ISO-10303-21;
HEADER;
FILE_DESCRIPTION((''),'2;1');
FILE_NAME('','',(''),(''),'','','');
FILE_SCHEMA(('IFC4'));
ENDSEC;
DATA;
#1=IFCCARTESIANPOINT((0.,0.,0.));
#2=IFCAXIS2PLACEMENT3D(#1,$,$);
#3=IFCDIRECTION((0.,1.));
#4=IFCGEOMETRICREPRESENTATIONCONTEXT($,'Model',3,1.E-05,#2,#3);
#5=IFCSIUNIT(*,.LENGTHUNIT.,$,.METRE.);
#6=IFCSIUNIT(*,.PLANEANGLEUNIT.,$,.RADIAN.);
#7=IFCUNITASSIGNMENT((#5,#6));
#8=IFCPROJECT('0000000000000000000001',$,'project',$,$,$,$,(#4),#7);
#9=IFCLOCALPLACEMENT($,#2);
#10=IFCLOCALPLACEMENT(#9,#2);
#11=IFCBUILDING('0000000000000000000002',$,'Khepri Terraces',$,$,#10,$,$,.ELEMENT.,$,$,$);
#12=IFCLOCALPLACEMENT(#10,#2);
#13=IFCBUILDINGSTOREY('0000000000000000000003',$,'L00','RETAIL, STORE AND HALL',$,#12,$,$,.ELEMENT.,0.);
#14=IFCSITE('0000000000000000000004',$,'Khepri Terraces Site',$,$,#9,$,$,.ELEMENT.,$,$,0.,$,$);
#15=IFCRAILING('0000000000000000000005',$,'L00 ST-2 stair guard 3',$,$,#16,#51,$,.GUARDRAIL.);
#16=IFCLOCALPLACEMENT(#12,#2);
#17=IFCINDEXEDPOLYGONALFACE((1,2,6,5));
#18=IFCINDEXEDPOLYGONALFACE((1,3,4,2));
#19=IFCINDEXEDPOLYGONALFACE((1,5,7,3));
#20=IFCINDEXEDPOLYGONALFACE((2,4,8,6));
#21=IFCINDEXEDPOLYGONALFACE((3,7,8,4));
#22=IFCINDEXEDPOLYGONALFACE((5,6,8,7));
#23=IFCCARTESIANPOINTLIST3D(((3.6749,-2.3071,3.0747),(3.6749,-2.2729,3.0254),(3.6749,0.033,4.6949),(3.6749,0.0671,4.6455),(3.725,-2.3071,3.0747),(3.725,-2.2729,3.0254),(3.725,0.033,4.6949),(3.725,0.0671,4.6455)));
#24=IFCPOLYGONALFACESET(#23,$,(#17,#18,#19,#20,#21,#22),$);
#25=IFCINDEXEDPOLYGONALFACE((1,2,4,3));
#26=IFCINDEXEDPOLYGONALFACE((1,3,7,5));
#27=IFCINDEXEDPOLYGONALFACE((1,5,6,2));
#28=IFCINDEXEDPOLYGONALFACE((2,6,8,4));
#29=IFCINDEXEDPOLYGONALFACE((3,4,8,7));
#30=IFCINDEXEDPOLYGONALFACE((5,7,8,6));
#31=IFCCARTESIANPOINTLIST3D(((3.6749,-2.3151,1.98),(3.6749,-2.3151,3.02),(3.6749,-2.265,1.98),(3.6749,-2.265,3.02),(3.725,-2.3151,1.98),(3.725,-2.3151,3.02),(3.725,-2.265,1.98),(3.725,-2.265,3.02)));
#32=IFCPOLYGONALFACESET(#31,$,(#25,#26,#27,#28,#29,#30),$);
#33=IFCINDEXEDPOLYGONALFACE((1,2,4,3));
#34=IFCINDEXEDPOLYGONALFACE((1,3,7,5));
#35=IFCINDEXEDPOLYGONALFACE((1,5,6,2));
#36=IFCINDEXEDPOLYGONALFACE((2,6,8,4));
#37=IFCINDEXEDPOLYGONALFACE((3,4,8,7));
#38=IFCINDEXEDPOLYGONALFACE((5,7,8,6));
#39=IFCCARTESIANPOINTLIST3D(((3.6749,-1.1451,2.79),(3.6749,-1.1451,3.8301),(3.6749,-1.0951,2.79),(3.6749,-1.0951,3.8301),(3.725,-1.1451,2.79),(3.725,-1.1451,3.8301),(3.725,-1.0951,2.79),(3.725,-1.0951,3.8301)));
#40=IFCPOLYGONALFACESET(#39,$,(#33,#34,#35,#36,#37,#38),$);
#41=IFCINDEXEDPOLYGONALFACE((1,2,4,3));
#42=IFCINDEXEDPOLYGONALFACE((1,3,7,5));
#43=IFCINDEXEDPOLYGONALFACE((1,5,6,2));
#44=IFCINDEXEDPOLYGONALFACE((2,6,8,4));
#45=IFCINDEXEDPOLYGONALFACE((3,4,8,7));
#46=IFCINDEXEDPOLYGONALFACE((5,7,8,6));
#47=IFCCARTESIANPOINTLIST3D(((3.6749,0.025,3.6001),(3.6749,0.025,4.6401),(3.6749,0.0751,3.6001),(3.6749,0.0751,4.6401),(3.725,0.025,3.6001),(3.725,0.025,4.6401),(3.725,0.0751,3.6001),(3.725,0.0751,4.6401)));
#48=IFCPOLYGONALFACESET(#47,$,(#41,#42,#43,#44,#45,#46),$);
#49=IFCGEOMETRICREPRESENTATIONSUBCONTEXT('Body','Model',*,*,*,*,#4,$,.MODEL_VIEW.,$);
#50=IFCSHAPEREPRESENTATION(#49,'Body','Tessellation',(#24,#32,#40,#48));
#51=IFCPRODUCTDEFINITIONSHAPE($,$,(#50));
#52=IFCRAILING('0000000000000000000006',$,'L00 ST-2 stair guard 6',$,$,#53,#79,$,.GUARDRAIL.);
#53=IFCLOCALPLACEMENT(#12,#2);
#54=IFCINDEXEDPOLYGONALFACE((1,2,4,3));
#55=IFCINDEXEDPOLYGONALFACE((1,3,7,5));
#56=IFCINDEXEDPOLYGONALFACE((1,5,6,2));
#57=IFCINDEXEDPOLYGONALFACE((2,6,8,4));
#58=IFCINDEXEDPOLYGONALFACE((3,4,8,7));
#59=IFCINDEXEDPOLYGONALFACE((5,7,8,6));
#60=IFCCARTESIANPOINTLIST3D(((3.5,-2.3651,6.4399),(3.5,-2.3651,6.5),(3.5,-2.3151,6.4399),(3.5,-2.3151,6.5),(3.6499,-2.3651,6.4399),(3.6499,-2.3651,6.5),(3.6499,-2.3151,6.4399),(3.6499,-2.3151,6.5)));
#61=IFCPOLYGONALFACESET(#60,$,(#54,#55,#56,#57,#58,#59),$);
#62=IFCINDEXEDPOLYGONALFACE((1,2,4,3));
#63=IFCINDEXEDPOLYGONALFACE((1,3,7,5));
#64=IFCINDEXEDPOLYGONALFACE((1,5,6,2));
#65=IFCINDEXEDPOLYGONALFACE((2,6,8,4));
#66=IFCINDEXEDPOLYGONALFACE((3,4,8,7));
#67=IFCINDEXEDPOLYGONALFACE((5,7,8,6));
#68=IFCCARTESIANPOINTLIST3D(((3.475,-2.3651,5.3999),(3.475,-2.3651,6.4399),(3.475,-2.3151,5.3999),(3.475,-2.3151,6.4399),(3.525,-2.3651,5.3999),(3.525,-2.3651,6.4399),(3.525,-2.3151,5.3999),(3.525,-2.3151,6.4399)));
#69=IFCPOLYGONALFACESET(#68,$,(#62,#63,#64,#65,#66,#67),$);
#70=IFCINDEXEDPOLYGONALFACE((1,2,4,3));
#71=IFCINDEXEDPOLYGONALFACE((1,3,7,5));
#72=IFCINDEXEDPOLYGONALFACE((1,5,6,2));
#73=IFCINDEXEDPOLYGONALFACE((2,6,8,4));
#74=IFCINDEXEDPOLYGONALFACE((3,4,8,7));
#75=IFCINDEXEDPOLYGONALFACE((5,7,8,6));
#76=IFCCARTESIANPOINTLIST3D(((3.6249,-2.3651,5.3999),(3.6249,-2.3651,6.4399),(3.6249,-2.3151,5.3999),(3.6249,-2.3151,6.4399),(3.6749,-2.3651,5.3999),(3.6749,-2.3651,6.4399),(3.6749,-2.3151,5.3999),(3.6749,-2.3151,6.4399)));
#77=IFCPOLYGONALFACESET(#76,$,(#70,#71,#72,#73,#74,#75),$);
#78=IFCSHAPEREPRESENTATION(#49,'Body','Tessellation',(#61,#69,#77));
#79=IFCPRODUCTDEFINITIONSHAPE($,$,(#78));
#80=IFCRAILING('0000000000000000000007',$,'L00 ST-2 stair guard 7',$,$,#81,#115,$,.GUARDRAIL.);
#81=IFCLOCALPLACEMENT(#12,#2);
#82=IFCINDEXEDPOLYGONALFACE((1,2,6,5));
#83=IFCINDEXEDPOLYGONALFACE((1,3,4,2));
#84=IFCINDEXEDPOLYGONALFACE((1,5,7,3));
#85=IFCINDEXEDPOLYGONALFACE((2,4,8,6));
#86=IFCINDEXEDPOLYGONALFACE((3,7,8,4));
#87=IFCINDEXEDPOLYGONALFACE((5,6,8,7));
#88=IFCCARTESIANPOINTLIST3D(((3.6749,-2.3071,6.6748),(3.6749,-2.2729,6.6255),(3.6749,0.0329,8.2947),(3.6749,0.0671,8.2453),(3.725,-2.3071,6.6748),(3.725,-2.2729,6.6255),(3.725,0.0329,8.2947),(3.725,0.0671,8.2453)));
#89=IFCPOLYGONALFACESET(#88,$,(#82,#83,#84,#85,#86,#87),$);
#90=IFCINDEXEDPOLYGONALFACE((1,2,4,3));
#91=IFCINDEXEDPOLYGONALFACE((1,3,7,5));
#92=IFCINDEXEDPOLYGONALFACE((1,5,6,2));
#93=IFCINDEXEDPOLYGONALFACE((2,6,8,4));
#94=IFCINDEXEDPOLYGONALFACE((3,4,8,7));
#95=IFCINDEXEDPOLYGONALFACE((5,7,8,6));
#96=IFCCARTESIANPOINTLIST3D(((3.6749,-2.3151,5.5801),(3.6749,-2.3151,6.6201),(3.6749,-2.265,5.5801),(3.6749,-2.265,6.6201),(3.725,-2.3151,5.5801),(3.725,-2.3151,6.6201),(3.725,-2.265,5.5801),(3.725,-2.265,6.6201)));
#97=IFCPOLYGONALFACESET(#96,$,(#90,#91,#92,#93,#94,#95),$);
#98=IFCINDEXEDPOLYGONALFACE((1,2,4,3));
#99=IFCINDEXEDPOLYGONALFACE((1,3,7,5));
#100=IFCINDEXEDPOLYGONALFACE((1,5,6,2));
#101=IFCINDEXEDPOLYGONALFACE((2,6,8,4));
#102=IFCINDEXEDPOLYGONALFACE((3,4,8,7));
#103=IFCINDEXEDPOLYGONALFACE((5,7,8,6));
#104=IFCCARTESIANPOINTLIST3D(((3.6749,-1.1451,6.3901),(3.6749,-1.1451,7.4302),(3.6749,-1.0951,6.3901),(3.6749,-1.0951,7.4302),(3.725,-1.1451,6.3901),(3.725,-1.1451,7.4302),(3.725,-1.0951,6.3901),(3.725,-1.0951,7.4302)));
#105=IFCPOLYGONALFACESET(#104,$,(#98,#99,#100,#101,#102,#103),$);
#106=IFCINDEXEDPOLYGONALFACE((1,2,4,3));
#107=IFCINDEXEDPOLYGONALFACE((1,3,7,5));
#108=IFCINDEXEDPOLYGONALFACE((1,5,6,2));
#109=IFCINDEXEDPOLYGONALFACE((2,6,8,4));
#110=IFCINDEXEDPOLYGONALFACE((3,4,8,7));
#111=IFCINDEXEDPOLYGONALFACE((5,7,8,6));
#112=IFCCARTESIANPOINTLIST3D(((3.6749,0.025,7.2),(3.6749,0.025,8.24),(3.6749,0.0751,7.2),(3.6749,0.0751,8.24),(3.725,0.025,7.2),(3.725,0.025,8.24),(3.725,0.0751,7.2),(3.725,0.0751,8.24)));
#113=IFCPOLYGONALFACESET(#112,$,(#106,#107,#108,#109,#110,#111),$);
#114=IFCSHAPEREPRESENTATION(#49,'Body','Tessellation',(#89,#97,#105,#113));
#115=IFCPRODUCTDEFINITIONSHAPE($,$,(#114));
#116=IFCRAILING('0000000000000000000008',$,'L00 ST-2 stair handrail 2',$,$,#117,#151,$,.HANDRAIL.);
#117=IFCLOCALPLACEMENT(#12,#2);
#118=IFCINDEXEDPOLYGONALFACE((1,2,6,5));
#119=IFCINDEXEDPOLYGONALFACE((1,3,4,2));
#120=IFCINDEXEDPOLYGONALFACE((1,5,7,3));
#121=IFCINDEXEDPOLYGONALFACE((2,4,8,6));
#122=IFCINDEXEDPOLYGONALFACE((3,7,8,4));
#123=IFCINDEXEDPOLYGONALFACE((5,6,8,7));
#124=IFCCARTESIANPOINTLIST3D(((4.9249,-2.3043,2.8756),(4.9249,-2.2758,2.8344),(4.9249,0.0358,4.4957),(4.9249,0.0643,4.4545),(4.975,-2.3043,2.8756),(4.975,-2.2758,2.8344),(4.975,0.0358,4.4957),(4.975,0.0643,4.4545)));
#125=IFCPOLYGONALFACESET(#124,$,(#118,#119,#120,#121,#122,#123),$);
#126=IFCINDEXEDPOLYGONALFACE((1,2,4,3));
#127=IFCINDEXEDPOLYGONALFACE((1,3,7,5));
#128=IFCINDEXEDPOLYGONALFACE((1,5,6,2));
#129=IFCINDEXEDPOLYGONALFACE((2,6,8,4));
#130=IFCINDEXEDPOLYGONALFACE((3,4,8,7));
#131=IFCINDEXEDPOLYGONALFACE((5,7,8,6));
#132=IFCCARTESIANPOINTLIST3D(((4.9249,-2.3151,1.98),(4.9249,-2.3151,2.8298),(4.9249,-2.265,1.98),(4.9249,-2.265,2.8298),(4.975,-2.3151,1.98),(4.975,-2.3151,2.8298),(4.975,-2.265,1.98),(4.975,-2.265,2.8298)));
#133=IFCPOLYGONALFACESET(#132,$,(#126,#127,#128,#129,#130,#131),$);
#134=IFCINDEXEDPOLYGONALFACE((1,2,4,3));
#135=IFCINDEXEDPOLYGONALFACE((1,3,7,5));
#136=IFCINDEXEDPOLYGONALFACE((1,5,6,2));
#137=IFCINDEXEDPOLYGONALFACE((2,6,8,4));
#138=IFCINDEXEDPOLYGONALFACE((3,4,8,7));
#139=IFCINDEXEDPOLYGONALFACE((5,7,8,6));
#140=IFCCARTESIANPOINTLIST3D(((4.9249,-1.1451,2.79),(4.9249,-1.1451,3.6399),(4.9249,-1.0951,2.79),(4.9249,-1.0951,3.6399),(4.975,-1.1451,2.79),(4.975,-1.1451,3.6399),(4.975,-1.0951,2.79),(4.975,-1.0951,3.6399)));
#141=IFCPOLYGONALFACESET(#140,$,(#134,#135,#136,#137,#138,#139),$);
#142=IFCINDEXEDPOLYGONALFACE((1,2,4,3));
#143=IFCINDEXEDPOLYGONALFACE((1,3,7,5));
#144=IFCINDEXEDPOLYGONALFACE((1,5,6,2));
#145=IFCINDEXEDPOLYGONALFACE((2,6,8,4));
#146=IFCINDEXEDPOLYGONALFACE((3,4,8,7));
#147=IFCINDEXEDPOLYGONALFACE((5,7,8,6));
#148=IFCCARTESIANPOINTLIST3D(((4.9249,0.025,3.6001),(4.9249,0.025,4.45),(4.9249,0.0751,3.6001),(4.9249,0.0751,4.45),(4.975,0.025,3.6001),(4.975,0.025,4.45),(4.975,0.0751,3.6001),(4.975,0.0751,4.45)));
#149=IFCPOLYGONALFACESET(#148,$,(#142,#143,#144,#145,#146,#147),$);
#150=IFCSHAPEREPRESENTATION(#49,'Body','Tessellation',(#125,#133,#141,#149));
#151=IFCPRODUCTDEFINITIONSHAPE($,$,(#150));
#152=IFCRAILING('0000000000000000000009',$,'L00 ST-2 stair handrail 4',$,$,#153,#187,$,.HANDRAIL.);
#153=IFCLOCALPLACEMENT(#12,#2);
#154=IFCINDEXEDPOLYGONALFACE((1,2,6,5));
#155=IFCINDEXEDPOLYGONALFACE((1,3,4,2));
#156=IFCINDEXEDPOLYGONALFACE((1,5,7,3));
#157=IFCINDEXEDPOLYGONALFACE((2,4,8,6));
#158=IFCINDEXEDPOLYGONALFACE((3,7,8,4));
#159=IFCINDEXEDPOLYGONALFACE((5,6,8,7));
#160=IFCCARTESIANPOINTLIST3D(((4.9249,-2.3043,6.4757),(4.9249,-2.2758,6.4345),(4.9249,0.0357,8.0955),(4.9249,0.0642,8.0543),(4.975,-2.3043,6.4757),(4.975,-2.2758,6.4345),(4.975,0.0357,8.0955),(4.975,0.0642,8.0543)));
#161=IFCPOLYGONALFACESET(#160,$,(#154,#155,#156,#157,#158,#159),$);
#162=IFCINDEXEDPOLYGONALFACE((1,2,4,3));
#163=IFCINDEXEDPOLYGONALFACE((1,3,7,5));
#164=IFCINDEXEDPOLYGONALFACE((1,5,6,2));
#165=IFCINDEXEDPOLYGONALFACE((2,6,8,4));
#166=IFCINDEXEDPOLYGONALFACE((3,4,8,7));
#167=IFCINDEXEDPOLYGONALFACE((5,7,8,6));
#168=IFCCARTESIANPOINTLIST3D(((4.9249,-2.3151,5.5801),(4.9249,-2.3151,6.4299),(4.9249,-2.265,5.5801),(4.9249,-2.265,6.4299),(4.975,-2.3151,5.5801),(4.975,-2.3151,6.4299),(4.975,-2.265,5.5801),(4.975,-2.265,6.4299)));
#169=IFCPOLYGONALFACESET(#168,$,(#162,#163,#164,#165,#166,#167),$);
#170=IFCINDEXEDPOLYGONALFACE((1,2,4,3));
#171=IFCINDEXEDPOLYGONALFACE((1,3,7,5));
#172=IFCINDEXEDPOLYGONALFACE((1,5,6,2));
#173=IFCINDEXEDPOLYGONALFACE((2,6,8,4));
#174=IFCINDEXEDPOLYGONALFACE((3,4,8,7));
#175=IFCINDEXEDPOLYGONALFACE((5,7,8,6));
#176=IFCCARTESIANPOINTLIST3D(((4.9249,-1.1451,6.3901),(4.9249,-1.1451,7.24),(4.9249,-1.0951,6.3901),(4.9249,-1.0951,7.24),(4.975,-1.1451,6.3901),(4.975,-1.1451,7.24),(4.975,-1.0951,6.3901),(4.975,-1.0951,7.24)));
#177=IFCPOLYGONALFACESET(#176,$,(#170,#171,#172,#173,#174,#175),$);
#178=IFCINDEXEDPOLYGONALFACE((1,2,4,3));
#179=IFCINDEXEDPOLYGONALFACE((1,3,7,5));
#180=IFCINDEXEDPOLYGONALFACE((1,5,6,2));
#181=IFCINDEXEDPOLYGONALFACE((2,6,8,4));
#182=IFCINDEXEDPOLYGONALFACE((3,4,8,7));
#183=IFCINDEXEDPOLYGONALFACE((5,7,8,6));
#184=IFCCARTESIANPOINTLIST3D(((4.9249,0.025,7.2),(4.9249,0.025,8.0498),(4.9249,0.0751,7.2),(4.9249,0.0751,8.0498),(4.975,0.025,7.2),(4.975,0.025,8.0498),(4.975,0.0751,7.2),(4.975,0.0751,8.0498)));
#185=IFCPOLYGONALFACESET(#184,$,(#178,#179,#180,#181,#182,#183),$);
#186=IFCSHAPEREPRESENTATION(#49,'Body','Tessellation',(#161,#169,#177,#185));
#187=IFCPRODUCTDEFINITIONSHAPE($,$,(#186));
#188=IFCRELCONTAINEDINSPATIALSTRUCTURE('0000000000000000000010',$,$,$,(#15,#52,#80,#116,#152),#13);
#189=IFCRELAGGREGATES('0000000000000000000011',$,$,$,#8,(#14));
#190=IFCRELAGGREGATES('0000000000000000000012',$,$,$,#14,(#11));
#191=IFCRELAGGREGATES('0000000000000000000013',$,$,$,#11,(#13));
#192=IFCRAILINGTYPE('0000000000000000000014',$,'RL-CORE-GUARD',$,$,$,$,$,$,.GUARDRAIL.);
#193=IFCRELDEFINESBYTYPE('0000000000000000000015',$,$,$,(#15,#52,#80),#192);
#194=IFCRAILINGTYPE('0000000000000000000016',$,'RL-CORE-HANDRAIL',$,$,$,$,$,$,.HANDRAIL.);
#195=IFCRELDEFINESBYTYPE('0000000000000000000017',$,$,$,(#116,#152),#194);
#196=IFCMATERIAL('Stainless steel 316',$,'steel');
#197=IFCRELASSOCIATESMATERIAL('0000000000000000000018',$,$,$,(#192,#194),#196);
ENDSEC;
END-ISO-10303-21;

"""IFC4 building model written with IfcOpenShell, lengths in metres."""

from ifc_helpers import new_model, si_unit, direction, frame, origin, origin_2d, place, context, subcontext, project, spatial, rectangle, extrude, material, type_object, element, save


model = new_model("IFC4")

# Units and contexts
model_context = context("Model", 3, precision=1e-05, world=origin(), true_north=direction((0.0, 1.0)))
body_context = subcontext(model_context, "Body", "Model", "MODEL_VIEW")
ifc_project = project(units=[si_unit("LENGTHUNIT", "METRE"), si_unit("PLANEANGLEUNIT", "RADIAN")], contexts=[model_context])

# Site, building, storey
site_placement = place(None, origin())
site = spatial("IfcSite", under=ifc_project, at=site_placement, Name="Khepri Terraces Site", CompositionType="ELEMENT", RefElevation=0.0)
building_placement = place(site_placement, origin())
building = spatial("IfcBuilding", under=site, at=building_placement, Name="Khepri Terraces", CompositionType="ELEMENT")
storey_placement = place(building_placement, origin())
storey = spatial("IfcBuildingStorey", under=building, at=storey_placement, Name="L00", Description="RETAIL, STORE AND HALL", CompositionType="ELEMENT", Elevation=0.0)

# Railings
ifc_material_1 = material(Name="Stainless steel 316", Category="steel")
railing_type_1 = type_object("IfcRailingType", Name="RL-CORE-GUARD", PredefinedType="GUARDRAIL", material=ifc_material_1)
railing_1_placement = place(storey_placement, frame((3.7, -2.29, 1.98)))
element("IfcRailing", 1, at=railing_1_placement, inside=storey, type_object=railing_type_1, Name="L00 ST-2 stair guard 3", PredefinedType="GUARDRAIL", context=body_context, shape_type="SweptSolid", body=[
    extrude(rectangle(XDim=0.05, YDim=0.0601, at=origin_2d()), frame((0.0, 0.0, 1.0701), z_axis=(0.0, 0.822183, 0.569223), x_axis=(-1.0, 0.0, 0.0)), (0.0, 0.0, 1.0), 2.8462),
    extrude(rectangle(XDim=0.05, YDim=0.05, at=origin_2d()), origin(), (0.0, 0.0, 1.0), 1.04),
    extrude(rectangle(XDim=0.05, YDim=0.05, at=origin_2d()), frame((0.0, 1.1699, 0.8101)), (0.0, 0.0, 1.0), 1.04),
    extrude(rectangle(XDim=0.05, YDim=0.05, at=origin_2d()), frame((0.0, 2.3401, 1.6201)), (0.0, 0.0, 1.0), 1.04),
])
railing_2_placement = place(storey_placement, frame((3.5, -2.3401, 5.3999)))
element("IfcRailing", 2, at=railing_2_placement, inside=storey, type_object=railing_type_1, Name="L00 ST-2 stair guard 6", PredefinedType="GUARDRAIL", context=body_context, shape_type="SweptSolid", body=[
    extrude(rectangle(XDim=0.05, YDim=0.0601, at=origin_2d()), frame((0.0, 0.0, 1.0701), z_axis=(1.0, 0.0, 0.0), x_axis=(0.0, 1.0, 0.0)), (0.0, 0.0, 1.0), 0.1499),
    extrude(rectangle(XDim=0.05, YDim=0.05, at=origin_2d()), origin(), (0.0, 0.0, 1.0), 1.04),
    extrude(rectangle(XDim=0.05, YDim=0.05, at=origin_2d()), frame((0.1499, 0.0, 0.0)), (0.0, 0.0, 1.0), 1.04),
])
railing_3_placement = place(storey_placement, frame((3.7, -2.29, 5.5801)))
element("IfcRailing", 3, at=railing_3_placement, inside=storey, type_object=railing_type_1, Name="L00 ST-2 stair guard 7", PredefinedType="GUARDRAIL", context=body_context, shape_type="SweptSolid", body=[
    extrude(rectangle(XDim=0.05, YDim=0.0601, at=origin_2d()), frame((0.0, 0.0, 1.0701), z_axis=(0.0, 0.822223, 0.569165), x_axis=(-1.0, 0.0, 0.0)), (0.0, 0.0, 1.0), 2.8459),
    extrude(rectangle(XDim=0.05, YDim=0.05, at=origin_2d()), origin(), (0.0, 0.0, 1.0), 1.04),
    extrude(rectangle(XDim=0.05, YDim=0.05, at=origin_2d()), frame((0.0, 1.1699, 0.8101)), (0.0, 0.0, 1.0), 1.04),
    extrude(rectangle(XDim=0.05, YDim=0.05, at=origin_2d()), frame((0.0, 2.3401, 1.6199)), (0.0, 0.0, 1.0), 1.04),
])
railing_type_2 = type_object("IfcRailingType", Name="RL-CORE-HANDRAIL", PredefinedType="HANDRAIL", material=ifc_material_1)
railing_4_placement = place(storey_placement, frame((4.95, -2.29, 1.98)))
element("IfcRailing", 4, at=railing_4_placement, inside=storey, type_object=railing_type_2, Name="L00 ST-2 stair handrail 2", PredefinedType="HANDRAIL", context=body_context, shape_type="SweptSolid", body=[
    extrude(rectangle(XDim=0.05, YDim=0.05, at=origin_2d()), frame((0.0, 0.0, 0.875), z_axis=(0.0, 0.822183, 0.569223), x_axis=(-1.0, 0.0, 0.0)), (0.0, 0.0, 1.0), 2.8462),
    extrude(rectangle(XDim=0.05, YDim=0.05, at=origin_2d()), origin(), (0.0, 0.0, 1.0), 0.8499),
    extrude(rectangle(XDim=0.05, YDim=0.05, at=origin_2d()), frame((0.0, 1.1699, 0.8101)), (0.0, 0.0, 1.0), 0.8499),
    extrude(rectangle(XDim=0.05, YDim=0.05, at=origin_2d()), frame((0.0, 2.3401, 1.6201)), (0.0, 0.0, 1.0), 0.8499),
])
railing_5_placement = place(storey_placement, frame((4.95, -2.29, 5.5801)))
element("IfcRailing", 5, at=railing_5_placement, inside=storey, type_object=railing_type_2, Name="L00 ST-2 stair handrail 4", PredefinedType="HANDRAIL", context=body_context, shape_type="SweptSolid", body=[
    extrude(rectangle(XDim=0.05, YDim=0.05, at=origin_2d()), frame((0.0, 0.0, 0.875), z_axis=(0.0, 0.822223, 0.569165), x_axis=(-1.0, 0.0, 0.0)), (0.0, 0.0, 1.0), 2.8459),
    extrude(rectangle(XDim=0.05, YDim=0.05, at=origin_2d()), origin(), (0.0, 0.0, 1.0), 0.8499),
    extrude(rectangle(XDim=0.05, YDim=0.05, at=origin_2d()), frame((0.0, 1.1699, 0.8101)), (0.0, 0.0, 1.0), 0.8499),
    extrude(rectangle(XDim=0.05, YDim=0.05, at=origin_2d()), frame((0.0, 2.3401, 1.6199)), (0.0, 0.0, 1.0), 0.8499),
])

save(model, "model.ifc")
